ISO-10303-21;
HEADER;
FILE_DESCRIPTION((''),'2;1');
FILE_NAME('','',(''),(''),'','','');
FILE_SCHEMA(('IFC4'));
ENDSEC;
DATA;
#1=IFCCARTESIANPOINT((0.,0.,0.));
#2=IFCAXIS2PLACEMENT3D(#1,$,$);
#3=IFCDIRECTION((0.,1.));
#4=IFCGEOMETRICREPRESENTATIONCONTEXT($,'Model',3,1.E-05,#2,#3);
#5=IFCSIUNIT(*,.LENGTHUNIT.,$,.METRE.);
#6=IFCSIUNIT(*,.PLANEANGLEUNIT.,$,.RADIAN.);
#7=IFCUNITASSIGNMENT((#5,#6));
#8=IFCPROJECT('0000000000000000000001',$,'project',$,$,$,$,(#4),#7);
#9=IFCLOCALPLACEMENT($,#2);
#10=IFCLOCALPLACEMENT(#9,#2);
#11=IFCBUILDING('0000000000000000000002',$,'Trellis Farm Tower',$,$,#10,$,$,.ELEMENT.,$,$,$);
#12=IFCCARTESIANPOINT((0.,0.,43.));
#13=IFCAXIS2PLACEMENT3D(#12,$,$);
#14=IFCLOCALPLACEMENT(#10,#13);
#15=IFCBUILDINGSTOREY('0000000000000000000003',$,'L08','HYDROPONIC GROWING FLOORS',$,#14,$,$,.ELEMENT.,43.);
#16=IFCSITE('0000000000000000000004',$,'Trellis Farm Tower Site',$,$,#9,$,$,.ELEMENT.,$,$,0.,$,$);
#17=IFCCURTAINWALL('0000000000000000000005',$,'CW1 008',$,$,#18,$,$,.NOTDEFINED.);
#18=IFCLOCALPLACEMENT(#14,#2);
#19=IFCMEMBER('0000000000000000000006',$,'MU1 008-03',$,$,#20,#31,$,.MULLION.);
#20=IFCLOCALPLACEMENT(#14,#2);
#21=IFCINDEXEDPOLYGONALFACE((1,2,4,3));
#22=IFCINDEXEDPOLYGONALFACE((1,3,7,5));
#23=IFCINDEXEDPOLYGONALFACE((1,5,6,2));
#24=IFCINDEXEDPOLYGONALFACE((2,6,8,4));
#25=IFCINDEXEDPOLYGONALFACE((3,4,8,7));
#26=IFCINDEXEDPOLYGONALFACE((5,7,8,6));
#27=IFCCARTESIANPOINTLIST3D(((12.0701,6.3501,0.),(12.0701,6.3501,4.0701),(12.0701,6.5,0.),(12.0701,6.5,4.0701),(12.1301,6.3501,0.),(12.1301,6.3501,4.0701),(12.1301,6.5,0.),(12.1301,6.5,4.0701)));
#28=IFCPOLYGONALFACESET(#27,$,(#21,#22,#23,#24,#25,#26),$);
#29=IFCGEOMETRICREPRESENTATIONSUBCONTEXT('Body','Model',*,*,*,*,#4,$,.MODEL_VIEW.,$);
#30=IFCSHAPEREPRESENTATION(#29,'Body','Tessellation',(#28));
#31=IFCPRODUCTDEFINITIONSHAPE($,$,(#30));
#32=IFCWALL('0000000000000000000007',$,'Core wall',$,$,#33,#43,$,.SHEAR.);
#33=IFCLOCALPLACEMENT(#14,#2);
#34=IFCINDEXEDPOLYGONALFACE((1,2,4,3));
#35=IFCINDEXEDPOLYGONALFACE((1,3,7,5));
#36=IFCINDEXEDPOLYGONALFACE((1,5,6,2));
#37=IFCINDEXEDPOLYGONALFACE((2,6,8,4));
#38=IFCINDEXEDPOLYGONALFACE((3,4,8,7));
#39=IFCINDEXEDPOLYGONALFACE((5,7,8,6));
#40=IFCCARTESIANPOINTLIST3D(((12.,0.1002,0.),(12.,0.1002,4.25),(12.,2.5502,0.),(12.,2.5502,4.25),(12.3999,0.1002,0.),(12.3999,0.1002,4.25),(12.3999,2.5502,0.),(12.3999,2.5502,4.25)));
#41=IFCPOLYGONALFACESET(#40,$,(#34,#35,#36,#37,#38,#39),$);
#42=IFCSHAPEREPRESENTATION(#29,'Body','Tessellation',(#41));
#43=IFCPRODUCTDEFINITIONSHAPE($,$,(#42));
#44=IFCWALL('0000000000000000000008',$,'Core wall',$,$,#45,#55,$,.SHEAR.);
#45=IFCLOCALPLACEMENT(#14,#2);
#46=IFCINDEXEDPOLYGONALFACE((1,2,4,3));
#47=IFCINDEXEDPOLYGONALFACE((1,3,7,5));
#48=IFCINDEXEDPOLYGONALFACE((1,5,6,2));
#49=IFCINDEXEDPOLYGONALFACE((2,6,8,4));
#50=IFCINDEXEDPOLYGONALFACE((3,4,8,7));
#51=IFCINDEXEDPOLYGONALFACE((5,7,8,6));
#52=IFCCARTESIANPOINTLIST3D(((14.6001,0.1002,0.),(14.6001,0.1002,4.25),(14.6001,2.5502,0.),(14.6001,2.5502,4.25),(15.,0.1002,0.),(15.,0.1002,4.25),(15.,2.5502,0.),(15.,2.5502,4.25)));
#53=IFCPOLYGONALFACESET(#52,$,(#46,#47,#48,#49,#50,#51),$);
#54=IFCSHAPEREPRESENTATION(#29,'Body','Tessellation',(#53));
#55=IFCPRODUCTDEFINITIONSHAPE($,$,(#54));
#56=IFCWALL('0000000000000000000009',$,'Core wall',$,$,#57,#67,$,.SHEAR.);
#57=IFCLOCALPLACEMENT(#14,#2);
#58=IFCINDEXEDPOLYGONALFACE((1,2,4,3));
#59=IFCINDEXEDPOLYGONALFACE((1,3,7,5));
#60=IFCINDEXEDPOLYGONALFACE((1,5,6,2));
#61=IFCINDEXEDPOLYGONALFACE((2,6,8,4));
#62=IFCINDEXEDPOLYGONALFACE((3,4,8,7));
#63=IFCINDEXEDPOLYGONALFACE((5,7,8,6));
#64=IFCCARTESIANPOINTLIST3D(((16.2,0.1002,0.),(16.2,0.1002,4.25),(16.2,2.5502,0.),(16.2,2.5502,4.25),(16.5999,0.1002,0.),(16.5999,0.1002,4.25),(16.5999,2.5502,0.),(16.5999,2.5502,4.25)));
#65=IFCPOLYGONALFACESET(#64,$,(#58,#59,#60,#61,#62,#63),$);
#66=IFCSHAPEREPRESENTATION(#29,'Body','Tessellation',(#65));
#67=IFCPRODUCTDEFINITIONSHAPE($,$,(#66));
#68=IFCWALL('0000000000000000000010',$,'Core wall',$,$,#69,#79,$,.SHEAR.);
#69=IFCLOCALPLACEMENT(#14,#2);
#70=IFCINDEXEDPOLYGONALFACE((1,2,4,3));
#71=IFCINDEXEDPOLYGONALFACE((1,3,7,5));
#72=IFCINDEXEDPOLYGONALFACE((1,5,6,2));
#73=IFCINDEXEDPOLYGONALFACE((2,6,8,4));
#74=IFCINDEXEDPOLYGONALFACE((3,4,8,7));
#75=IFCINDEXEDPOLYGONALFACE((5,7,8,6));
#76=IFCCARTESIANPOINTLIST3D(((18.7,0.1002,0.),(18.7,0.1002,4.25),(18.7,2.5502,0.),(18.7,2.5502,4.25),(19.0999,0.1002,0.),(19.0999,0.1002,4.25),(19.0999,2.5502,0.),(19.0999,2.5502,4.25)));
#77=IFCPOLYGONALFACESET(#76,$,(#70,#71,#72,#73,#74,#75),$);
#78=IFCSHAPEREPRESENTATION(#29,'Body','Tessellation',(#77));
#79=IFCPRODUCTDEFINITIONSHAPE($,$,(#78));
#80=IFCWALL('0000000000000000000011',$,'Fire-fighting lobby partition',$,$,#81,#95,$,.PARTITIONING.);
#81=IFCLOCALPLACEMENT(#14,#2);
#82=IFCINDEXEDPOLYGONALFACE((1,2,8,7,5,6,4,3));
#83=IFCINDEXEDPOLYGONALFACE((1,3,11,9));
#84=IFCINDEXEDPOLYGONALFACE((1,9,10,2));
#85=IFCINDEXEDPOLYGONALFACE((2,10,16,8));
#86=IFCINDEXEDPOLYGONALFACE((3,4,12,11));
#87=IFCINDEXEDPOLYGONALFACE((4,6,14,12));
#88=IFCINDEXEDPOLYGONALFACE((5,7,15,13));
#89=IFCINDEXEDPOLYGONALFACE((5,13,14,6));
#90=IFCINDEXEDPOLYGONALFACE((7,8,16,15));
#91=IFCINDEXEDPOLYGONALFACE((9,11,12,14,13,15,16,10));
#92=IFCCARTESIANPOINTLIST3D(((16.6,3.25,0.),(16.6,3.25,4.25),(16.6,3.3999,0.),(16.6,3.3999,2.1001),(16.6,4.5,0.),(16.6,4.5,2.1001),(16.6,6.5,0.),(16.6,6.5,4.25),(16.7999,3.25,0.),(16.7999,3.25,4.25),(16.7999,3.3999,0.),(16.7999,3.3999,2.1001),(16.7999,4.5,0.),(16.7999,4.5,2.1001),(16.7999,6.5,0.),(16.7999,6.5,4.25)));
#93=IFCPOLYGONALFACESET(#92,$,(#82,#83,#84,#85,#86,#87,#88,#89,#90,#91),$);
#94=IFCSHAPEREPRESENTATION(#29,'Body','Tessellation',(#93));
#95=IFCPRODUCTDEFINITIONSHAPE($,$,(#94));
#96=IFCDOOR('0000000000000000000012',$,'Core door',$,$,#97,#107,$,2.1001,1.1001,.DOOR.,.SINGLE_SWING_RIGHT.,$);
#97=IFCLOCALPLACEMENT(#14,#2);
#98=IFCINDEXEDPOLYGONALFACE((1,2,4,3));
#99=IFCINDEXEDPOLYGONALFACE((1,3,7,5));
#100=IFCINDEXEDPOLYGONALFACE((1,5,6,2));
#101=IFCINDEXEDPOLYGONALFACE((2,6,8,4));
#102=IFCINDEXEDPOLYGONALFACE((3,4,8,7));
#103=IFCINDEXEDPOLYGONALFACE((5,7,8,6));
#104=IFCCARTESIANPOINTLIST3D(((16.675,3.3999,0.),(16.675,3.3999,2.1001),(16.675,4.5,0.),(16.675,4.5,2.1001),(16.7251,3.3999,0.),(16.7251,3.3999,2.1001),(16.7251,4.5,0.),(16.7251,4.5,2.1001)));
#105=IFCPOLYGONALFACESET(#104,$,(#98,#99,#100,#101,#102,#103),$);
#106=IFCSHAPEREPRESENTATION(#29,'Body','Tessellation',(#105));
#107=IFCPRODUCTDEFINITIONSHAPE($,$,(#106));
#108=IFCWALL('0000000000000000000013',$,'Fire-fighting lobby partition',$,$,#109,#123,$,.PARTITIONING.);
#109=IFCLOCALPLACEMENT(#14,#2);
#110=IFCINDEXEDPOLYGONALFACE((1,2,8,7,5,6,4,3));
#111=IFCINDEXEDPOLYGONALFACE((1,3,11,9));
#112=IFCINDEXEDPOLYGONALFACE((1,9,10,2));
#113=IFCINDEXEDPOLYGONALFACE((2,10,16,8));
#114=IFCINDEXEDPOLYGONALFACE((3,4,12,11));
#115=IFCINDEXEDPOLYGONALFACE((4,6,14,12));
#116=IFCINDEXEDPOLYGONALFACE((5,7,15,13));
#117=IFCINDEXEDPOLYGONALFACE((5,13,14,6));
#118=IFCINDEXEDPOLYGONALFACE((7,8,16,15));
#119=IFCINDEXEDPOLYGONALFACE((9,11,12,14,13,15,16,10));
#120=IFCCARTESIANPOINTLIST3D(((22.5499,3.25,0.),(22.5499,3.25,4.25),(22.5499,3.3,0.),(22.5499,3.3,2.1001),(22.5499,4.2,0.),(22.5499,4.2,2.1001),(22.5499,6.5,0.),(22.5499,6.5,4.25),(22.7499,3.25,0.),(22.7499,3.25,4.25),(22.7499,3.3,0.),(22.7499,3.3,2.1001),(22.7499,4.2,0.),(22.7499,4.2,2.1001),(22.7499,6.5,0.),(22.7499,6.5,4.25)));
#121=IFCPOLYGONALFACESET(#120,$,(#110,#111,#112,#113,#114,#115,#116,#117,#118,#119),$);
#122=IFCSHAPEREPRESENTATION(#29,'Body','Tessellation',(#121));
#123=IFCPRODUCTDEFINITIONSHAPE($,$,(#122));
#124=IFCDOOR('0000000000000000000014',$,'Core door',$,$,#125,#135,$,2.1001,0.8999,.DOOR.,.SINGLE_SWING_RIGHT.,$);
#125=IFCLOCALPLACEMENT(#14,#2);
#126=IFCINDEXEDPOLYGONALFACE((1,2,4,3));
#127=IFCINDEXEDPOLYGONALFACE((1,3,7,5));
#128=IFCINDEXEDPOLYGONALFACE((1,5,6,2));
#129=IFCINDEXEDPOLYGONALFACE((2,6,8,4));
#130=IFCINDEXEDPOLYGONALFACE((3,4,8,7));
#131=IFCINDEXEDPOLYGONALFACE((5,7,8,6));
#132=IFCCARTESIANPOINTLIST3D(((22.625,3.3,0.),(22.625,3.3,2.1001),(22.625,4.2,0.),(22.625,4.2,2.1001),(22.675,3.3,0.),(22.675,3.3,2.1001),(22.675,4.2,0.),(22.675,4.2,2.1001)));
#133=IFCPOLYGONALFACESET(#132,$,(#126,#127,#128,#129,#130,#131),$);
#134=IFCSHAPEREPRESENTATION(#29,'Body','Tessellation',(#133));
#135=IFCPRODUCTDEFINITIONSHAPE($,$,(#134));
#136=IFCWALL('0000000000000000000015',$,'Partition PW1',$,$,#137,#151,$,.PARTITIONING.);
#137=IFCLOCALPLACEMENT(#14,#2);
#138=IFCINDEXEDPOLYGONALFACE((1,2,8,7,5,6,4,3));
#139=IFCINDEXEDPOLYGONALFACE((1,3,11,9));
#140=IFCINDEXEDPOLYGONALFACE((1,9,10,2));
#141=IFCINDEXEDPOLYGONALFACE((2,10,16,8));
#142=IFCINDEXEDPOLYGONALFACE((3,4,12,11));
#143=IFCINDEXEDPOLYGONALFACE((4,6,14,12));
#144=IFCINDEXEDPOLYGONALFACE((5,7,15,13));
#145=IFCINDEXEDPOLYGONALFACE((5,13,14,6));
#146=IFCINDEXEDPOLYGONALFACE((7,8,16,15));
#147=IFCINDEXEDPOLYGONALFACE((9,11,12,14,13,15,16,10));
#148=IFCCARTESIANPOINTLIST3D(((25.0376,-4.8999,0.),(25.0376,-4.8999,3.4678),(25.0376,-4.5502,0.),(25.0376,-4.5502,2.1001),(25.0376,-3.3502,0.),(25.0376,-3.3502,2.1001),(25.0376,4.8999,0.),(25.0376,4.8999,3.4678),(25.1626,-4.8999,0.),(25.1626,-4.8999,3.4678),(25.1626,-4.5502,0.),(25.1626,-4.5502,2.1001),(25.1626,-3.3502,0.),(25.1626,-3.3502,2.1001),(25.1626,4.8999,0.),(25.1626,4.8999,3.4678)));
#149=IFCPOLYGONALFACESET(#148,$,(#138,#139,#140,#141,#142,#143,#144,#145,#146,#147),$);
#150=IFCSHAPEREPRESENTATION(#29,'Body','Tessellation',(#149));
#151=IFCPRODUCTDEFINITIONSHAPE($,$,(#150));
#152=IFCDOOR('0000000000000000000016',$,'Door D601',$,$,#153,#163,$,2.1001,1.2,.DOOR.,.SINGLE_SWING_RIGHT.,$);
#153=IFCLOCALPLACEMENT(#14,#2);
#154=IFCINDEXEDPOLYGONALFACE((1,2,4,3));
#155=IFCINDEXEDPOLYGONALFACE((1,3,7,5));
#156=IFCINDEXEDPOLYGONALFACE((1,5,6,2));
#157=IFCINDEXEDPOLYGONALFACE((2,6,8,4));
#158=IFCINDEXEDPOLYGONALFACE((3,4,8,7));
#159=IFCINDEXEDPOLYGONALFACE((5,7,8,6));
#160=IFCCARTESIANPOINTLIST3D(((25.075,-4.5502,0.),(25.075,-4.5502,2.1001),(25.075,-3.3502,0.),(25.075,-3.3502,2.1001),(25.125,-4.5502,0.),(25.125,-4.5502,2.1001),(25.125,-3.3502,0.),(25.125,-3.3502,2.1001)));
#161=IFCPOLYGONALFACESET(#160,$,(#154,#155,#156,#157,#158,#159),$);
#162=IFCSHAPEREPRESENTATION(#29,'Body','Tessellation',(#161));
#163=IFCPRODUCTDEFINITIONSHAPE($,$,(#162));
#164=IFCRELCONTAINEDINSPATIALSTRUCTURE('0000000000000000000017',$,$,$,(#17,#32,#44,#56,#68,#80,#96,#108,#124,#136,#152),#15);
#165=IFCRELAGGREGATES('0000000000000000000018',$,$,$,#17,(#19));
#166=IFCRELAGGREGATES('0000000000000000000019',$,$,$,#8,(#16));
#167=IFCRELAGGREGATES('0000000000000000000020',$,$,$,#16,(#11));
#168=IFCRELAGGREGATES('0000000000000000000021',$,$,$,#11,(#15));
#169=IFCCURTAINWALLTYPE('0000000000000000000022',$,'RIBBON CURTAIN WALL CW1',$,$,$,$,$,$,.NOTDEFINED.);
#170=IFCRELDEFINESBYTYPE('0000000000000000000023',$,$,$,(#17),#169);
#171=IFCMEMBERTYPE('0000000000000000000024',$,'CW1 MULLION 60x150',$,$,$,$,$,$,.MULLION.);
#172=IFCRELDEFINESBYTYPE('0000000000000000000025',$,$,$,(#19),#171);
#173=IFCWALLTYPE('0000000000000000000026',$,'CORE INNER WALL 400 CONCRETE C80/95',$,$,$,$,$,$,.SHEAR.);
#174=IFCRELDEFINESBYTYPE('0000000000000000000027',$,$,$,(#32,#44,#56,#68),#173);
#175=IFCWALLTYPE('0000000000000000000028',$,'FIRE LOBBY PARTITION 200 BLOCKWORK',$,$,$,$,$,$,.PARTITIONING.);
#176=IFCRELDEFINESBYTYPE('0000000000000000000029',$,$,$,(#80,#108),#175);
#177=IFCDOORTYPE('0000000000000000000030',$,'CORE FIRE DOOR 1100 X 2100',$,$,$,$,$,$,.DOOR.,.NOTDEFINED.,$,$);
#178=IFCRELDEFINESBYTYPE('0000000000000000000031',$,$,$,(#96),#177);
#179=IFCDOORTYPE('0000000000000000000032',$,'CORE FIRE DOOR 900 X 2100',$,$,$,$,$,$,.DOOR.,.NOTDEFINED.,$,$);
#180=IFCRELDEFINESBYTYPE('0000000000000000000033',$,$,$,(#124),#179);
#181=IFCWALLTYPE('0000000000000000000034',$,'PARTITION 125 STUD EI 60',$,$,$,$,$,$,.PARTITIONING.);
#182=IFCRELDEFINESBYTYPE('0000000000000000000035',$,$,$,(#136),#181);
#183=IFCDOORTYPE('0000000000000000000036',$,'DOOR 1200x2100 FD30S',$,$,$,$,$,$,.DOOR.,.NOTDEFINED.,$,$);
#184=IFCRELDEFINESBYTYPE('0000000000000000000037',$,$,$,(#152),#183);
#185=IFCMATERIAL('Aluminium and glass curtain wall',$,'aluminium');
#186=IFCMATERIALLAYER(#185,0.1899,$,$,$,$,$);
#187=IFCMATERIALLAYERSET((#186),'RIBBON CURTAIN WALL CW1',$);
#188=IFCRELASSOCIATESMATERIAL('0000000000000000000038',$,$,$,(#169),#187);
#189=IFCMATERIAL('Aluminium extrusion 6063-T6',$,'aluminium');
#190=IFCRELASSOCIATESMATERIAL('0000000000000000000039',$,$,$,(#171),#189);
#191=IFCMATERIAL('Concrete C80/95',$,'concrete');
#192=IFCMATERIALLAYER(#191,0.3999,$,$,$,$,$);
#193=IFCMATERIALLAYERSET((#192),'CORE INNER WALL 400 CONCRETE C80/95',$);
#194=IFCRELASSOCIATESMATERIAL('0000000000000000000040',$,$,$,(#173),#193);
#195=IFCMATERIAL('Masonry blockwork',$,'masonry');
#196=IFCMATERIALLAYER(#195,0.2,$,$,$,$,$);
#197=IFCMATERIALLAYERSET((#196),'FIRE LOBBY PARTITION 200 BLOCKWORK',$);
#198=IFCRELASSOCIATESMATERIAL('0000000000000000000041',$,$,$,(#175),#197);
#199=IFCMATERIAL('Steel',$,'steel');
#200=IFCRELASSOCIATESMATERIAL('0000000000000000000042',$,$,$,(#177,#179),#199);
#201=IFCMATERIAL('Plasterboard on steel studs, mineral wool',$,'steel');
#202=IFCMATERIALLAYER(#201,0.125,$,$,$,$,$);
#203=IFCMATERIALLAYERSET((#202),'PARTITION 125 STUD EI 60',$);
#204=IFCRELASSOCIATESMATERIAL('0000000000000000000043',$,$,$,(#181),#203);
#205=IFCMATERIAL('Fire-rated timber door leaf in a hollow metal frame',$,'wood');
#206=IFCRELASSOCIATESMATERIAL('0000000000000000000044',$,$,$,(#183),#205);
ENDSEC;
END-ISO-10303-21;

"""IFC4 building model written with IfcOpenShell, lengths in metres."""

from ifc_helpers import new_model, si_unit, direction, frame, frame_2d, origin, origin_2d, place, context, subcontext, project, spatial, rectangle, extrude, source, transform, mapped, material, layer, layer_set, material_profile, profile_set, type_object, element, fill, aggregate, save


model = new_model("IFC4")

# Units and contexts
model_context = context("Model", 3, precision=1e-05, world=origin(), true_north=direction((0.0, 1.0)))
body_context = subcontext(model_context, "Body", "Model", "MODEL_VIEW")
ifc_project = project(units=[si_unit("LENGTHUNIT", "METRE"), si_unit("PLANEANGLEUNIT", "RADIAN")], contexts=[model_context])

# Site, building, storey
site_placement = place(None, origin())
site = spatial("IfcSite", under=ifc_project, at=site_placement, Name="Trellis Farm Tower Site", CompositionType="ELEMENT", RefElevation=0.0)
building_placement = place(site_placement, origin())
building = spatial("IfcBuilding", under=site, at=building_placement, Name="Trellis Farm Tower", CompositionType="ELEMENT")
storey_placement = place(building_placement, frame((0.0, 0.0, 43.0)))
storey = spatial("IfcBuildingStorey", under=building, at=storey_placement, Name="L08", Description="HYDROPONIC GROWING FLOORS", CompositionType="ELEMENT", Elevation=43.0)

# Shared definitions
ifc_material_1 = material(Name="Concrete C80/95", Category="concrete")

# Curtain wall, member
ifc_material_2 = material(Name="Aluminium and glass curtain wall", Category="aluminium")
ifc_layer_1 = layer(ifc_material_2, 0.1899)
ifc_layer_set_1 = layer_set([ifc_layer_1], Name="RIBBON CURTAIN WALL CW1")
curtain_wall_type = type_object("IfcCurtainWallType", Name="RIBBON CURTAIN WALL CW1", PredefinedType="NOTDEFINED", material=ifc_layer_set_1)
placement = place(storey_placement, origin())
ifc_material_3 = material(Name="Aluminium extrusion 6063-T6", Category="aluminium")
ifc_material_profile_1 = material_profile(ifc_material_3, rectangle(XDim=0.0601, YDim=0.1499, at=origin_2d()), Name="MULLION 60x150")
ifc_profile_set_1 = profile_set([ifc_material_profile_1], Name="Aluminium extrusion 6063-T6")
member_type = type_object("IfcMemberType", Name="CW1 MULLION 60x150", PredefinedType="MULLION", material=ifc_profile_set_1)
shared_shape_1 = source(origin(), body_context, "Body", "SweptSolid", [
    extrude(rectangle(XDim=0.0601, YDim=0.1499, at=origin_2d()), origin(), (0.0, 0.0, 1.0), 4.0701),
])
curtain_wall_1 = element("IfcCurtainWall", 1, at=placement, inside=storey, type_object=curtain_wall_type, Name="CW1 008", PredefinedType="NOTDEFINED")
member_1_placement = place(storey_placement, frame((12.1001, 6.425, 0.0), z_axis=(0.0, 0.0, 1.0), x_axis=(-1.0, 0.0, 0.0)))
member_1 = element("IfcMember", 2, at=member_1_placement, type_object=member_type, Name="MU1 008-03", PredefinedType="MULLION", context=body_context, shape_type="MappedRepresentation", body=[
    mapped(shared_shape_1, transform((0.0, 0.0, 0.0))),
])
aggregate(curtain_wall_1, [member_1])

# Walls
ifc_layer_2 = layer(ifc_material_1, 0.3999)
ifc_layer_set_2 = layer_set([ifc_layer_2], Name="CORE INNER WALL 400 CONCRETE C80/95")
wall_type_1 = type_object("IfcWallType", Name="CORE INNER WALL 400 CONCRETE C80/95", PredefinedType="SHEAR", material=ifc_layer_set_2)
shared_shape_2 = source(origin(), body_context, "Body", "SweptSolid", [
    extrude(rectangle(XDim=2.45, YDim=0.3999, at=frame_2d((1.2251, 0.0))), origin(), (0.0, 0.0, 1.0), 4.25),
])
for number, where, z_axis, x_axis, name in (
    (3, (12.2, 0.1001, 0.0), (0.0, 0.0, 1.0), (0.0, 1.0, 0.0), "Core wall"),
    (4, (14.8, 0.1001, 0.0), (0.0, 0.0, 1.0), (0.0, 1.0, 0.0), "Core wall"),
    (5, (16.3999, 0.1001, 0.0), (0.0, 0.0, 1.0), (0.0, 1.0, 0.0), "Core wall"),
    (6, (18.8999, 0.1001, 0.0), (0.0, 0.0, 1.0), (0.0, 1.0, 0.0), "Core wall"),
):
    element("IfcWall", number, at=place(storey_placement, frame(where, z_axis=z_axis, x_axis=x_axis)), inside=storey, type_object=wall_type_1, Name=name, PredefinedType="SHEAR", context=body_context, shape_type="MappedRepresentation", body=[
        mapped(shared_shape_2, transform((0.0, 0.0, 0.0))),
    ])

# Walls, openings, doors
ifc_material_4 = material(Name="Masonry blockwork", Category="masonry")
ifc_layer_3 = layer(ifc_material_4, 0.2)
ifc_layer_set_3 = layer_set([ifc_layer_3], Name="FIRE LOBBY PARTITION 200 BLOCKWORK")
wall_type_2 = type_object("IfcWallType", Name="FIRE LOBBY PARTITION 200 BLOCKWORK", PredefinedType="PARTITIONING", material=ifc_layer_set_3)
shared_shape_3 = source(origin(), body_context, "Body", "SweptSolid", [
    extrude(rectangle(XDim=3.25, YDim=0.2, at=frame_2d((1.625, 0.0))), origin(), (0.0, 0.0, 1.0), 4.25),
])
wall_1_placement = place(storey_placement, frame((16.7, 3.25, 0.0), z_axis=(0.0, 0.0, 1.0), x_axis=(0.0, 1.0, 0.0)))
wall_1 = element("IfcWall", 7, at=wall_1_placement, inside=storey, type_object=wall_type_2, Name="Fire-fighting lobby partition", PredefinedType="PARTITIONING", context=body_context, shape_type="MappedRepresentation", body=[
    mapped(shared_shape_3, transform((0.0, 0.0, 0.0))),
])
shared_shape_4 = source(origin(), body_context, "Body", "SweptSolid", [
    extrude(rectangle(XDim=1.1001, YDim=2.1001, at=frame_2d((0.55, 1.05))), frame((0.0, 0.1101, 0.0), z_axis=(0.0, -1.0, 0.0), x_axis=(1.0, 0.0, 0.0)), (0.0, 0.0, 1.0), 0.2202),
])
opening_1_placement = place(wall_1_placement, frame((0.1499, 0.0, 0.0)))
opening_1 = element("IfcOpeningElement", 8, at=opening_1_placement, cuts=wall_1, PredefinedType="OPENING", context=body_context, shape_type="MappedRepresentation", body=[
    mapped(shared_shape_4, transform((0.0, 0.0, 0.0))),
])
ifc_material_5 = material(Name="Steel", Category="steel")
door_type_1 = type_object("IfcDoorType", Name="CORE FIRE DOOR 1100 X 2100", OperationType="NOTDEFINED", PredefinedType="DOOR", material=ifc_material_5)
shared_shape_5 = source(origin(), body_context, "Body", "SweptSolid", [
    extrude(rectangle(XDim=1.1001, YDim=2.1001, at=frame_2d((0.55, 1.05))), frame((0.0, 0.0249, 0.0), z_axis=(0.0, -1.0, 0.0), x_axis=(1.0, 0.0, 0.0)), (0.0, 0.0, 1.0), 0.05),
])
door_1_placement = place(opening_1_placement, origin())
door_1 = element("IfcDoor", 9, at=door_1_placement, inside=storey, type_object=door_type_1, Name="Core door", OperationType="SINGLE_SWING_RIGHT", OverallHeight=2.1001, OverallWidth=1.1001, PredefinedType="DOOR", context=body_context, shape_type="MappedRepresentation", body=[
    mapped(shared_shape_5, transform((0.0, 0.0, 0.0))),
])
fill(opening_1, door_1)
wall_2_placement = place(storey_placement, frame((22.6499, 3.25, 0.0), z_axis=(0.0, 0.0, 1.0), x_axis=(0.0, 1.0, 0.0)))
wall_2 = element("IfcWall", 10, at=wall_2_placement, inside=storey, type_object=wall_type_2, Name="Fire-fighting lobby partition", PredefinedType="PARTITIONING", context=body_context, shape_type="MappedRepresentation", body=[
    mapped(shared_shape_3, transform((0.0, 0.0, 0.0))),
])
shared_shape_6 = source(origin(), body_context, "Body", "SweptSolid", [
    extrude(rectangle(XDim=0.8999, YDim=2.1001, at=frame_2d((0.45, 1.05))), frame((0.0, 0.1101, 0.0), z_axis=(0.0, -1.0, 0.0), x_axis=(1.0, 0.0, 0.0)), (0.0, 0.0, 1.0), 0.2202),
])
opening_2_placement = place(wall_2_placement, frame((0.05, 0.0, 0.0)))
opening_2 = element("IfcOpeningElement", 11, at=opening_2_placement, cuts=wall_2, PredefinedType="OPENING", context=body_context, shape_type="MappedRepresentation", body=[
    mapped(shared_shape_6, transform((0.0, 0.0, 0.0))),
])
door_type_2 = type_object("IfcDoorType", Name="CORE FIRE DOOR 900 X 2100", OperationType="NOTDEFINED", PredefinedType="DOOR", material=ifc_material_5)
shared_shape_7 = source(origin(), body_context, "Body", "SweptSolid", [
    extrude(rectangle(XDim=0.8999, YDim=2.1001, at=frame_2d((0.45, 1.05))), frame((0.0, 0.0249, 0.0), z_axis=(0.0, -1.0, 0.0), x_axis=(1.0, 0.0, 0.0)), (0.0, 0.0, 1.0), 0.05),
])
door_2_placement = place(opening_2_placement, origin())
door_2 = element("IfcDoor", 12, at=door_2_placement, inside=storey, type_object=door_type_2, Name="Core door", OperationType="SINGLE_SWING_RIGHT", OverallHeight=2.1001, OverallWidth=0.8999, PredefinedType="DOOR", context=body_context, shape_type="MappedRepresentation", body=[
    mapped(shared_shape_7, transform((0.0, 0.0, 0.0))),
])
fill(opening_2, door_2)
ifc_material_6 = material(Name="Plasterboard on steel studs, mineral wool", Category="steel")
ifc_layer_4 = layer(ifc_material_6, 0.125)
ifc_layer_set_4 = layer_set([ifc_layer_4], Name="PARTITION 125 STUD EI 60")
wall_type_3 = type_object("IfcWallType", Name="PARTITION 125 STUD EI 60", PredefinedType="PARTITIONING", material=ifc_layer_set_4)
shared_shape_8 = source(origin(), body_context, "Body", "SweptSolid", [
    extrude(rectangle(XDim=9.7998, YDim=0.125, at=frame_2d((4.8999, 0.0))), origin(), (0.0, 0.0, 1.0), 3.4678),
])
wall_3_placement = place(storey_placement, frame((25.1001, 4.8999, 0.0), z_axis=(0.0, 0.0, 1.0), x_axis=(0.0, -1.0, 0.0)))
wall_3 = element("IfcWall", 13, at=wall_3_placement, inside=storey, type_object=wall_type_3, Name="Partition PW1", PredefinedType="PARTITIONING", context=body_context, shape_type="MappedRepresentation", body=[
    mapped(shared_shape_8, transform((0.0, 0.0, 0.0))),
])
shared_shape_9 = source(origin(), body_context, "Body", "SweptSolid", [
    extrude(rectangle(XDim=1.2, YDim=2.1001, at=frame_2d((0.6001, 1.05))), frame((0.0, 0.0725, 0.0), z_axis=(0.0, -1.0, 0.0), x_axis=(1.0, 0.0, 0.0)), (0.0, 0.0, 1.0), 0.145),
])
opening_3_placement = place(wall_3_placement, frame((8.25, 0.0, 0.0)))
opening_3 = element("IfcOpeningElement", 14, at=opening_3_placement, cuts=wall_3, PredefinedType="OPENING", context=body_context, shape_type="MappedRepresentation", body=[
    mapped(shared_shape_9, transform((0.0, 0.0, 0.0))),
])
ifc_material_7 = material(Name="Fire-rated timber door leaf in a hollow metal frame", Category="wood")
door_type_3 = type_object("IfcDoorType", Name="DOOR 1200x2100 FD30S", OperationType="NOTDEFINED", PredefinedType="DOOR", material=ifc_material_7)
shared_shape_10 = source(origin(), body_context, "Body", "SweptSolid", [
    extrude(rectangle(XDim=1.2, YDim=2.1001, at=frame_2d((0.6001, 1.05))), frame((0.0, 0.0249, 0.0), z_axis=(0.0, -1.0, 0.0), x_axis=(1.0, 0.0, 0.0)), (0.0, 0.0, 1.0), 0.05),
])
door_3_placement = place(opening_3_placement, origin())
door_3 = element("IfcDoor", 15, at=door_3_placement, inside=storey, type_object=door_type_3, Name="Door D601", OperationType="SINGLE_SWING_RIGHT", OverallHeight=2.1001, OverallWidth=1.2, PredefinedType="DOOR", context=body_context, shape_type="MappedRepresentation", body=[
    mapped(shared_shape_10, transform((0.0, 0.0, 0.0))),
])
fill(opening_3, door_3)

save(model, "model.ifc")
